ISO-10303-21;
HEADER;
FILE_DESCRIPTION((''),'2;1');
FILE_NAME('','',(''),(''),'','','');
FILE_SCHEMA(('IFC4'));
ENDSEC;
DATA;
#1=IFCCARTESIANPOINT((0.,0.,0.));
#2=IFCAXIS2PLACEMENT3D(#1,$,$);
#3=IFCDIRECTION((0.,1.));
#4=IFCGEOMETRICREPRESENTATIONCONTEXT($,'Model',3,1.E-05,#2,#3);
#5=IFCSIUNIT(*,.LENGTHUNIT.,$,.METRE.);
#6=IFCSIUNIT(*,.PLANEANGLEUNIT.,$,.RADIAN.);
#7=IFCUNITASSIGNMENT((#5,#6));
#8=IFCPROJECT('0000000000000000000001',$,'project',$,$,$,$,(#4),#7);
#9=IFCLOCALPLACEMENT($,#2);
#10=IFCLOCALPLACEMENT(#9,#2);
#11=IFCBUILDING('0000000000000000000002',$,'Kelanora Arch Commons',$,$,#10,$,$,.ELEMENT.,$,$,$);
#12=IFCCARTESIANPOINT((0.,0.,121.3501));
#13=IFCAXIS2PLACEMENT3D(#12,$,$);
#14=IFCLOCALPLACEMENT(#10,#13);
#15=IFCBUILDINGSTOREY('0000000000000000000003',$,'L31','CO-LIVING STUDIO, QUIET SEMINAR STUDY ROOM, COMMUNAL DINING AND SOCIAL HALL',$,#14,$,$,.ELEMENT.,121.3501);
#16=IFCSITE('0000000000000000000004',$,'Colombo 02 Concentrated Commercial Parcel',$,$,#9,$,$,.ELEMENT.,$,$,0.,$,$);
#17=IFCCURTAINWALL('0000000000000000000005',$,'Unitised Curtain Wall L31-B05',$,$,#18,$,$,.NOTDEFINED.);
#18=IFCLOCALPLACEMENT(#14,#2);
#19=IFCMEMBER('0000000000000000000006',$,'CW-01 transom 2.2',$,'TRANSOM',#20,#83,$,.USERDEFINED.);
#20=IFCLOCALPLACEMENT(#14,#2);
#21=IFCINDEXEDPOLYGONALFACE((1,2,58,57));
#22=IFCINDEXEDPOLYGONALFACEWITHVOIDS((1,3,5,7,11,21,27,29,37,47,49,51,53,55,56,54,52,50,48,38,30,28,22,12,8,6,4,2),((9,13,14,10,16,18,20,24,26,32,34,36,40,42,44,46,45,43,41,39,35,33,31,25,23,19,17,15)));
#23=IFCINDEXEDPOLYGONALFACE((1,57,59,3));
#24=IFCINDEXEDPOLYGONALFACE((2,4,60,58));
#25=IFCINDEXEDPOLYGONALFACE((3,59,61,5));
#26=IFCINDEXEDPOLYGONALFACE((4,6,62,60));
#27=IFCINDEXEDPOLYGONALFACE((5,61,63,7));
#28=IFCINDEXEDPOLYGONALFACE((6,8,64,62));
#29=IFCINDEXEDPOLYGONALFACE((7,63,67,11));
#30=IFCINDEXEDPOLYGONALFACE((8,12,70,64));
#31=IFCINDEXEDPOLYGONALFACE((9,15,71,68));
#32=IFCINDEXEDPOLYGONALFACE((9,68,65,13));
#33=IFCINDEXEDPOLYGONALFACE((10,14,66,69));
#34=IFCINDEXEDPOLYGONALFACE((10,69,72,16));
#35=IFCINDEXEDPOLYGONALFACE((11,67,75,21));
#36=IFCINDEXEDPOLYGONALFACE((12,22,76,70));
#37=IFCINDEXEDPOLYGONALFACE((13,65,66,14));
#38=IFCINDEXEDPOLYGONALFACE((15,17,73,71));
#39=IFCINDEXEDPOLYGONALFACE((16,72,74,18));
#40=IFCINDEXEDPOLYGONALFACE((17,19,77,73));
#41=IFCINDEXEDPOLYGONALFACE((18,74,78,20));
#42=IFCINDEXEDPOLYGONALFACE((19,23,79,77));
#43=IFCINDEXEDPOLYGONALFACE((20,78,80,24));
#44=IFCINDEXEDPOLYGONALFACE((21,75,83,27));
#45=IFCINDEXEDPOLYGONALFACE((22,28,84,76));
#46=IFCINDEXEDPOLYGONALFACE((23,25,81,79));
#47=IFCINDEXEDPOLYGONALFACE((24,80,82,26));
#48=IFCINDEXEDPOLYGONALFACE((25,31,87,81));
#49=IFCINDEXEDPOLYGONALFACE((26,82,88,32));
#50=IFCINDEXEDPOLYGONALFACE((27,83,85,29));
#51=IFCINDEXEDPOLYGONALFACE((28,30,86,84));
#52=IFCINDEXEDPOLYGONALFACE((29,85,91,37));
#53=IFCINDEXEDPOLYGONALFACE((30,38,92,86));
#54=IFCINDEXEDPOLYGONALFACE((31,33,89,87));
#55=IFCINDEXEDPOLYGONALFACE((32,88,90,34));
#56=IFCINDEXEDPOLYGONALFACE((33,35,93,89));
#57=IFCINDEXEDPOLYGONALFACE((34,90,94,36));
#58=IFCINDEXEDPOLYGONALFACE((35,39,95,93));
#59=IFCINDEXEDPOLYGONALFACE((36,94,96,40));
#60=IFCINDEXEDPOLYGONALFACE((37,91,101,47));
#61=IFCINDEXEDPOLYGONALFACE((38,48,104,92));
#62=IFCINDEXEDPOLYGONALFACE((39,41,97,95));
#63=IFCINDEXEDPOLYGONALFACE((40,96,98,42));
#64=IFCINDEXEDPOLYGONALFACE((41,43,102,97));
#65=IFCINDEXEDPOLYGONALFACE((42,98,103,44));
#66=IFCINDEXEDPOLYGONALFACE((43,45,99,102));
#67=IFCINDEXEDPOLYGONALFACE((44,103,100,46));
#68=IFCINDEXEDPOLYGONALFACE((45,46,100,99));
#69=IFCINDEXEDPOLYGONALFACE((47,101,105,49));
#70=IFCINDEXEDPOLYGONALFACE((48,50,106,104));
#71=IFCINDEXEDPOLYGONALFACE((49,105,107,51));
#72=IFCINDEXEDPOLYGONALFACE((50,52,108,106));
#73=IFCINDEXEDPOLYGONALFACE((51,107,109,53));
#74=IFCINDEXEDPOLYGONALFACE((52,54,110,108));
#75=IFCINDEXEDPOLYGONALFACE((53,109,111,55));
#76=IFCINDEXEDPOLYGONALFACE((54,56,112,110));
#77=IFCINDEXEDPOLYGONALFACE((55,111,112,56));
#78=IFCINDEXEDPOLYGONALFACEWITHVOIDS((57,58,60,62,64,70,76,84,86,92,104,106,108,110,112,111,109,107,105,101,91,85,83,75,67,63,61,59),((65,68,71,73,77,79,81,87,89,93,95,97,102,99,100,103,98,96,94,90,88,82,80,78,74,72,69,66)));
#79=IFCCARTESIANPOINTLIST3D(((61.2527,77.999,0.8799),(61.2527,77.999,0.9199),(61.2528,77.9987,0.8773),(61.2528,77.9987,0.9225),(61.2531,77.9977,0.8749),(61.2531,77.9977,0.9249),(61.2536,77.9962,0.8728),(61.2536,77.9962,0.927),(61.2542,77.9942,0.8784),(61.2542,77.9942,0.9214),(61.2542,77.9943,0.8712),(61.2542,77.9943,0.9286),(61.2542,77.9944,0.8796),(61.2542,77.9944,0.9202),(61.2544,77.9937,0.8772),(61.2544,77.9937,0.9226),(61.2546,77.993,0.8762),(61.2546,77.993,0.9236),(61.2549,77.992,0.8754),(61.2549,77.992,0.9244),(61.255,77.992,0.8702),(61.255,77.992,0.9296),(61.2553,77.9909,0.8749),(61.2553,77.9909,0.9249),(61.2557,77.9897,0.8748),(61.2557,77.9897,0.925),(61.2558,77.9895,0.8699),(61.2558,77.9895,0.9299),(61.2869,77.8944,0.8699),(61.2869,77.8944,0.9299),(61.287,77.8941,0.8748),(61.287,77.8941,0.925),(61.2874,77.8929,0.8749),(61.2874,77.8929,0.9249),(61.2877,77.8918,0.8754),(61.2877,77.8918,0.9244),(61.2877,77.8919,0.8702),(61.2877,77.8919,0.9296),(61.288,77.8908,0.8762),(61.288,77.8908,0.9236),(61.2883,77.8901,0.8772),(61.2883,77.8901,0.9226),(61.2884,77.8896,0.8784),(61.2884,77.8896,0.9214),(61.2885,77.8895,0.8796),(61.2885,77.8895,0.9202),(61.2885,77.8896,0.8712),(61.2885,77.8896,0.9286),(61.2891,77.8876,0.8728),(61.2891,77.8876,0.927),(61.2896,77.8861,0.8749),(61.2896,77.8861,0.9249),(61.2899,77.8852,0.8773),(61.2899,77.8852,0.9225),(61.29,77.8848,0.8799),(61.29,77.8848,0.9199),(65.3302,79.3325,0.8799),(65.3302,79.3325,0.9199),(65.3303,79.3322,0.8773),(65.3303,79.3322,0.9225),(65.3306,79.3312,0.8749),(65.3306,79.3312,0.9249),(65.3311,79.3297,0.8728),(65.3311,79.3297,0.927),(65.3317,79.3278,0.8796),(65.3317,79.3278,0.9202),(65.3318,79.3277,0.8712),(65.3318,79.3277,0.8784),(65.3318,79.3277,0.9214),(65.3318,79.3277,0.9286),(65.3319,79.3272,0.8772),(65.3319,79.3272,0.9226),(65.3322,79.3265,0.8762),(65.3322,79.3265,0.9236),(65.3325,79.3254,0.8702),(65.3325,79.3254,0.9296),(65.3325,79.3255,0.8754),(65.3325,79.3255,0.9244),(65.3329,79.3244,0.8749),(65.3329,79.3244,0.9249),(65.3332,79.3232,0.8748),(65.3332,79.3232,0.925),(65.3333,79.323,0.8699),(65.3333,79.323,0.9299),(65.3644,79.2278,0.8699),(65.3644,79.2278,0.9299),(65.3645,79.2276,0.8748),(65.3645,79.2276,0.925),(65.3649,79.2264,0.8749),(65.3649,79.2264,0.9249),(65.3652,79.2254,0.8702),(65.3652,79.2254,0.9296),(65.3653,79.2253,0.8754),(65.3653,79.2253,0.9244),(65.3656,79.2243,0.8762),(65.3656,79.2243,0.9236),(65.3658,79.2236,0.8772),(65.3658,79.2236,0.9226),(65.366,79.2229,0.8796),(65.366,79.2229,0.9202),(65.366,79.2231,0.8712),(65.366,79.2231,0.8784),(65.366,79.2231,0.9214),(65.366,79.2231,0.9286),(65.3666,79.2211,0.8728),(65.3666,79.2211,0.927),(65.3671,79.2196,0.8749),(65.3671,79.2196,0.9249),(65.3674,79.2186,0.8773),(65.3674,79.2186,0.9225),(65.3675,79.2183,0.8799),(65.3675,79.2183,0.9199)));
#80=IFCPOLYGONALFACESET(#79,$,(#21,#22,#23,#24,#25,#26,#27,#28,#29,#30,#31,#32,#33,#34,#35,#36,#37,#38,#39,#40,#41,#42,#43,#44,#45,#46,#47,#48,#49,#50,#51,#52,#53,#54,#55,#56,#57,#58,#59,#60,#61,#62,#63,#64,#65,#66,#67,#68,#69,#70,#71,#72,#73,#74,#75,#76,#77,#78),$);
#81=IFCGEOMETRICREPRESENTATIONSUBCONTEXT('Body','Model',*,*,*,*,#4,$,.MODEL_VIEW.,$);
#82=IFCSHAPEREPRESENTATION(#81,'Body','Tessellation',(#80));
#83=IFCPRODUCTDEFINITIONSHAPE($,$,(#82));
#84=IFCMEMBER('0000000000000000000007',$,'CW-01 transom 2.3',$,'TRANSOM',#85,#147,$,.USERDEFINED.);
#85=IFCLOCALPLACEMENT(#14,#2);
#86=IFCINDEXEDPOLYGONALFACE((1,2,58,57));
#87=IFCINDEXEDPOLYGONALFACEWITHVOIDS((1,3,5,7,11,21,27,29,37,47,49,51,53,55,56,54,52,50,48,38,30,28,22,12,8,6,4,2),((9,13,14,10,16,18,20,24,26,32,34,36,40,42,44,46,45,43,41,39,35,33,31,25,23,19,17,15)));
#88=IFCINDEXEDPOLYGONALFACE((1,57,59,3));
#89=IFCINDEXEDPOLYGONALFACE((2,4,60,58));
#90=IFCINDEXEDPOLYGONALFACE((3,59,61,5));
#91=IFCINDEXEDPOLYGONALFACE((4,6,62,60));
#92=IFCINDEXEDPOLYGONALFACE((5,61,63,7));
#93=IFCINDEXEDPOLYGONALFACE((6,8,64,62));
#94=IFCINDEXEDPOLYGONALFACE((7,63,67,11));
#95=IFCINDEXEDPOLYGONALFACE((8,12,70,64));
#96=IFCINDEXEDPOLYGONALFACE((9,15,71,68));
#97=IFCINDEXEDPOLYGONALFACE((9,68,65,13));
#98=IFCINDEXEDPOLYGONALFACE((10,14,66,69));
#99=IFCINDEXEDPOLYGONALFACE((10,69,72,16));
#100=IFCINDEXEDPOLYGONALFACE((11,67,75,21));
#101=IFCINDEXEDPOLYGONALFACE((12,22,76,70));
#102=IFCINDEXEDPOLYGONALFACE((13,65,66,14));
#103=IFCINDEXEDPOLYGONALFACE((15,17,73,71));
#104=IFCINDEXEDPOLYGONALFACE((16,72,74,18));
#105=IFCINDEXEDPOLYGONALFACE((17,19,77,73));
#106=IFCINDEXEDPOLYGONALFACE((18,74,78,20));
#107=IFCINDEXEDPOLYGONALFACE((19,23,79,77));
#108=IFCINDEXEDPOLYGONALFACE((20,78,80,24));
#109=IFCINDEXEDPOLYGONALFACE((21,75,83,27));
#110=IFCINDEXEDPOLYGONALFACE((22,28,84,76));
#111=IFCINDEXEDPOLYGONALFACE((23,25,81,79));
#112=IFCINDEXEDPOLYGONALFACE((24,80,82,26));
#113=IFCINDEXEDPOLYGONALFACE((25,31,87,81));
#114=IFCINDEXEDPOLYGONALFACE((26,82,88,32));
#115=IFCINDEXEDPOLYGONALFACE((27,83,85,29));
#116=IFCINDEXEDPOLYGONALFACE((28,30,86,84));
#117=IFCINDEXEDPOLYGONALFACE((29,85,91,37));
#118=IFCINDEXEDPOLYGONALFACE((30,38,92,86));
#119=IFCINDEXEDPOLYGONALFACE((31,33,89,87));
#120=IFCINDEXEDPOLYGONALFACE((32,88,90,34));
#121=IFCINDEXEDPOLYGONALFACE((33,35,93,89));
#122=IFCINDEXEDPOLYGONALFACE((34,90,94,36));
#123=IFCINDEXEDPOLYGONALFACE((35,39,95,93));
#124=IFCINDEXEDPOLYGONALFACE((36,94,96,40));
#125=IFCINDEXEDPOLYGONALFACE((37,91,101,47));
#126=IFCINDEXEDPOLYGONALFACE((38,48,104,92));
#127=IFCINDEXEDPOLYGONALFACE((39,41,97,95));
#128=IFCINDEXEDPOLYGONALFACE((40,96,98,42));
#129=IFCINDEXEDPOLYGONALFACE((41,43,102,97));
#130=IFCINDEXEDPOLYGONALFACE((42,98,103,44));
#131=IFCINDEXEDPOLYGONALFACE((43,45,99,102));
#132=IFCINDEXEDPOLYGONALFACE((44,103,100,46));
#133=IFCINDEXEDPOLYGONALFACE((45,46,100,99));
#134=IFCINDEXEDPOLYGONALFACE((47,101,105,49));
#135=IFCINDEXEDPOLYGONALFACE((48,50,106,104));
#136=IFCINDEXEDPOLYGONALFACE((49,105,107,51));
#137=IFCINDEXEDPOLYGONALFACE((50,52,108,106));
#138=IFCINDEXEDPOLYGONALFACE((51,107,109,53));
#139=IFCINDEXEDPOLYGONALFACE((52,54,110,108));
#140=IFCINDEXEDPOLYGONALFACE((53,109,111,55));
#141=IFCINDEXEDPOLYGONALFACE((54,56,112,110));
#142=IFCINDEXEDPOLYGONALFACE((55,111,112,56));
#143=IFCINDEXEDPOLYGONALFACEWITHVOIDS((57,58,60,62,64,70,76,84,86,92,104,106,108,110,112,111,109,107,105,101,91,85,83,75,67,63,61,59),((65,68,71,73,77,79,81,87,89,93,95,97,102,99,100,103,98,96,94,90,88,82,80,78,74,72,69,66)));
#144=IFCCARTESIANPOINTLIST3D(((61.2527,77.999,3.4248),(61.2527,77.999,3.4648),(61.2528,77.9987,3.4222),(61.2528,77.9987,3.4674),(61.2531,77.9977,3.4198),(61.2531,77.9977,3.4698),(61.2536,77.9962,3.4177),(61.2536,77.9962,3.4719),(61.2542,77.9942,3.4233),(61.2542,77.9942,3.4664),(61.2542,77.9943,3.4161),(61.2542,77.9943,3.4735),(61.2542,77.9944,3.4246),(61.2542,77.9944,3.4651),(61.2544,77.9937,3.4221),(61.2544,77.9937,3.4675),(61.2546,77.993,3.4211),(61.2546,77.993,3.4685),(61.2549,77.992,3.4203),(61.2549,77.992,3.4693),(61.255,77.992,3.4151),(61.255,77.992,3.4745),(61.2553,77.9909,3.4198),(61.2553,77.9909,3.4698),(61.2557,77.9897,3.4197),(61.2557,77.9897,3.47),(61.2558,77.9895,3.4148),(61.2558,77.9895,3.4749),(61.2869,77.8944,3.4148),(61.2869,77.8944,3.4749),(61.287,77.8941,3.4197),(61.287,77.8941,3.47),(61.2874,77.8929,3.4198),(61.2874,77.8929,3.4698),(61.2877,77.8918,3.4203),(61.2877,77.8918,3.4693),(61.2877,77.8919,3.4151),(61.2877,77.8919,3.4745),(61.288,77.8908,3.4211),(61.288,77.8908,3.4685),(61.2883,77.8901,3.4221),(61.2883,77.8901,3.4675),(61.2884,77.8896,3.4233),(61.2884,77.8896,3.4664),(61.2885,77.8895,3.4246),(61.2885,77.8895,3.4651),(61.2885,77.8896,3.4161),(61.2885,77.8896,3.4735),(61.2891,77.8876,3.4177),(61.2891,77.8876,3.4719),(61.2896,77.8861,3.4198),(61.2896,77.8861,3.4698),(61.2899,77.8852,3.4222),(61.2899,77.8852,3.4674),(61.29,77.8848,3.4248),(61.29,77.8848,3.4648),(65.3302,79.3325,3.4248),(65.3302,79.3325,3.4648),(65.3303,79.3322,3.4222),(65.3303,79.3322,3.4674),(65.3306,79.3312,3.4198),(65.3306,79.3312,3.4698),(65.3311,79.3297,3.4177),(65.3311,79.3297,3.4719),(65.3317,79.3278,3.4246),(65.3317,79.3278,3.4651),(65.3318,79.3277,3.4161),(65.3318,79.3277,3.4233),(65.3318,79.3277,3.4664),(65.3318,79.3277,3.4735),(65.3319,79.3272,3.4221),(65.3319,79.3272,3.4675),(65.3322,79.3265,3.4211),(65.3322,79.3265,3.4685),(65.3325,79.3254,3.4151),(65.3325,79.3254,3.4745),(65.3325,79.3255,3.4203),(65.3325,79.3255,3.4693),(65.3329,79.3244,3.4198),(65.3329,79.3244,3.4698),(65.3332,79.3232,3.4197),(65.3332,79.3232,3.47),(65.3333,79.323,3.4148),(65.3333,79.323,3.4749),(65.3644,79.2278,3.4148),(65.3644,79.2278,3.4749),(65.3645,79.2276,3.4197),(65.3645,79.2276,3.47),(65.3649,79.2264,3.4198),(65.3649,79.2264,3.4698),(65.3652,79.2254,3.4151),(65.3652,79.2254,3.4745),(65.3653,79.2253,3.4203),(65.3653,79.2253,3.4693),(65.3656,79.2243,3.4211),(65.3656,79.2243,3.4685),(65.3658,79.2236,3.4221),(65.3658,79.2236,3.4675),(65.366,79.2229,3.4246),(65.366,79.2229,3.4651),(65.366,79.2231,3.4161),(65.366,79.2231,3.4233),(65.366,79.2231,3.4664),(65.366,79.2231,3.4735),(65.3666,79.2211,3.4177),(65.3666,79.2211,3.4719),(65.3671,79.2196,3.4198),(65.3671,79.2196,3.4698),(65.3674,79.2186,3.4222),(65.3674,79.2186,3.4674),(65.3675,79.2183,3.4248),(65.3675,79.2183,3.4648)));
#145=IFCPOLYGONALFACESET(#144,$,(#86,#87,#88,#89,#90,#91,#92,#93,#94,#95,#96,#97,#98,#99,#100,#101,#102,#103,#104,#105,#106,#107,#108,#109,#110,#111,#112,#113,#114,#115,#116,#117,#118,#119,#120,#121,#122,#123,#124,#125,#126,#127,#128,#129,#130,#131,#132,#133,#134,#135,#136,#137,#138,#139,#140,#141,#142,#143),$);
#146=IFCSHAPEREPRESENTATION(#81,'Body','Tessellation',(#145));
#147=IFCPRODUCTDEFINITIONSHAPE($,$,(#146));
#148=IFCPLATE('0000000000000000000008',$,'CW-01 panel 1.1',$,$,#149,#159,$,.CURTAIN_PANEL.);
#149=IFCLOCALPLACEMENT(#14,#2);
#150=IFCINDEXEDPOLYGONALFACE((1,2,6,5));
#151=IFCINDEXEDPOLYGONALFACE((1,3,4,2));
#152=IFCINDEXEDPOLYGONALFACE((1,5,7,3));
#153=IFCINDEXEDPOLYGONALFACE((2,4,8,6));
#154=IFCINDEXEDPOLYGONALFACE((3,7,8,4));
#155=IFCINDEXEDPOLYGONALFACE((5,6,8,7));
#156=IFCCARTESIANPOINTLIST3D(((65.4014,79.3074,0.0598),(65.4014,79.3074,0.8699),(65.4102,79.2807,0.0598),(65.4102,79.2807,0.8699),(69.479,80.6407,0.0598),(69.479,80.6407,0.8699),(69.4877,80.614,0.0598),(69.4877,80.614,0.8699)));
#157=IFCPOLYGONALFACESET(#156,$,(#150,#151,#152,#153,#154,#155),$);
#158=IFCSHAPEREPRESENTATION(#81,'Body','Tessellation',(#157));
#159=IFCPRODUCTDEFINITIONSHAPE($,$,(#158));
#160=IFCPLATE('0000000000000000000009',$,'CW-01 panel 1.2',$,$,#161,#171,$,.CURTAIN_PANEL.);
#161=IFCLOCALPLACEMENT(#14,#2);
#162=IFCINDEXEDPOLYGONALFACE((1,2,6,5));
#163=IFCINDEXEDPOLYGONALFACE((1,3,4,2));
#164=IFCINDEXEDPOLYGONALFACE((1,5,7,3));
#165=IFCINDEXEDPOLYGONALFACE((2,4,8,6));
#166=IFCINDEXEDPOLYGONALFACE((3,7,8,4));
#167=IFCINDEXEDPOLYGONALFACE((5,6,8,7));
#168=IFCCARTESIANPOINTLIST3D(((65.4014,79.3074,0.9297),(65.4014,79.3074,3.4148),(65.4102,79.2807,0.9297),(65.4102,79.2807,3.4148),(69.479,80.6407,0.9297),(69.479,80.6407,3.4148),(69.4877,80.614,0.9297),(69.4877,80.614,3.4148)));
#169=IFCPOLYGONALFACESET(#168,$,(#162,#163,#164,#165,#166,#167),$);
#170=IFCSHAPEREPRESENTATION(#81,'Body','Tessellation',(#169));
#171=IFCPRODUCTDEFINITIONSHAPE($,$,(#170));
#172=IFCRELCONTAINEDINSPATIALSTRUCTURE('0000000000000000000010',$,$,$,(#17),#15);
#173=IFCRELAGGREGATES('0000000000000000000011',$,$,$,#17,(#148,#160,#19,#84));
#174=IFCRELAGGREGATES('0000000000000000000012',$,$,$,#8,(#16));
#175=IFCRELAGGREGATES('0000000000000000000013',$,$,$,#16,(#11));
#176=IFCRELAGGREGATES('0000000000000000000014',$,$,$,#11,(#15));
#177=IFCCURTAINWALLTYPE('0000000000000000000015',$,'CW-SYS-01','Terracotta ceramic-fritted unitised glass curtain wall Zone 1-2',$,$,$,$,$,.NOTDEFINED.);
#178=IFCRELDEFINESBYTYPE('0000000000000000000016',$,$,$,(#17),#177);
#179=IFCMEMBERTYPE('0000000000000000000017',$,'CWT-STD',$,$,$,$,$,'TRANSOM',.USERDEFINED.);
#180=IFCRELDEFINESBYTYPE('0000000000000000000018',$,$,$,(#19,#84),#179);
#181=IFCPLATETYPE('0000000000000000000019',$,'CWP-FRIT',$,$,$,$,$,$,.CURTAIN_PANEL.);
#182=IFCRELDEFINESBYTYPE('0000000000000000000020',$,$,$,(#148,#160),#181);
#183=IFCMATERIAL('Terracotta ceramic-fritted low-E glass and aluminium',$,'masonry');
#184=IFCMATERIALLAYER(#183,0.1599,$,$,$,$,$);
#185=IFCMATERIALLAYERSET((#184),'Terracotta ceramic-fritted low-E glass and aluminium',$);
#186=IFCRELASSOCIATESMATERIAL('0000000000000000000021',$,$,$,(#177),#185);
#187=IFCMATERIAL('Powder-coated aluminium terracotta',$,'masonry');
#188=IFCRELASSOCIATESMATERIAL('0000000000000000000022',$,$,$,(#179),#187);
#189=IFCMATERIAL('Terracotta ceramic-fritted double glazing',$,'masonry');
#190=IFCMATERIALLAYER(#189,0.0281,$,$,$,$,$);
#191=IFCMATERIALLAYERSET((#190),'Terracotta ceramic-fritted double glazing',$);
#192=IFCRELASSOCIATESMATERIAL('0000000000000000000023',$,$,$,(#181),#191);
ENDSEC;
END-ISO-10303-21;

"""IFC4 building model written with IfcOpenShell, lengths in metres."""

from ifc_helpers import new_model, si_unit, direction, frame, origin, origin_2d, place, context, subcontext, project, spatial, rectangle, hollow_rectangle, extrude, source, transform, mapped, material, layer, layer_set, material_profile, profile_set, type_object, element, aggregate, save


model = new_model("IFC4")

# Units and contexts
model_context = context("Model", 3, precision=1e-05, world=origin(), true_north=direction((0.0, 1.0)))
body_context = subcontext(model_context, "Body", "Model", "MODEL_VIEW")
ifc_project = project(units=[si_unit("LENGTHUNIT", "METRE"), si_unit("PLANEANGLEUNIT", "RADIAN")], contexts=[model_context])

# Site, building, storey
site_placement = place(None, origin())
site = spatial("IfcSite", under=ifc_project, at=site_placement, Name="Colombo 02 Concentrated Commercial Parcel", CompositionType="ELEMENT", RefElevation=0.0)
building_placement = place(site_placement, origin())
building = spatial("IfcBuilding", under=site, at=building_placement, Name="Kelanora Arch Commons", CompositionType="ELEMENT")
storey_placement = place(building_placement, frame((0.0, 0.0, 121.3501)))
storey = spatial("IfcBuildingStorey", under=building, at=storey_placement, Name="L31", Description="CO-LIVING STUDIO, QUIET SEMINAR STUDY ROOM, COMMUNAL DINING AND SOCIAL HALL", CompositionType="ELEMENT", Elevation=121.3501)

# Curtain wall, members, plates
ifc_material_1 = material(Name="Terracotta ceramic-fritted low-E glass and aluminium", Category="masonry")
ifc_layer_1 = layer(ifc_material_1, 0.1599)
ifc_layer_set_1 = layer_set([ifc_layer_1], Name="Terracotta ceramic-fritted low-E glass and aluminium")
curtain_wall_type = type_object("IfcCurtainWallType", Name="CW-SYS-01", Description="Terracotta ceramic-fritted unitised glass curtain wall Zone 1-2", PredefinedType="NOTDEFINED", material=ifc_layer_set_1)
curtain_wall_placement = place(storey_placement, origin())
curtain_wall = element("IfcCurtainWall", 1, at=curtain_wall_placement, inside=storey, type_object=curtain_wall_type, Name="Unitised Curtain Wall L31-B05", PredefinedType="NOTDEFINED")
ifc_material_2 = material(Name="Powder-coated aluminium terracotta", Category="masonry")
ifc_material_profile_1 = material_profile(ifc_material_2, hollow_rectangle(XDim=0.1201, YDim=0.0601, WallThickness=0.0049, InnerFilletRadius=0.0049, OuterFilletRadius=0.01, at=origin_2d()), Name="CWT120x60")
ifc_profile_set_1 = profile_set([ifc_material_profile_1], Name="Powder-coated aluminium terracotta")
member_type_1 = type_object("IfcMemberType", Name="CWT-STD", ElementType="TRANSOM", PredefinedType="USERDEFINED", material=ifc_profile_set_1)
member_1_placement = place(storey_placement, frame((65.3489, 79.2754, 0.8999), z_axis=(-0.950466, -0.310828, 0.0), x_axis=(0.310828, -0.950466, 0.0)))
member_1 = element("IfcMember", 2, at=member_1_placement, type_object=member_type_1, Name="CW-01 transom 2.2", ObjectType="TRANSOM", PredefinedType="USERDEFINED", context=body_context, shape_type="SweptSolid", body=[
    extrude(hollow_rectangle(XDim=0.1201, YDim=0.0601, WallThickness=0.0049, InnerFilletRadius=0.0049, OuterFilletRadius=0.01, at=origin_2d()), origin(), (0.0, 0.0, 1.0), 4.29),
])
member_2_placement = place(storey_placement, frame((65.3489, 79.2754, 3.4448), z_axis=(-0.950466, -0.310828, 0.0), x_axis=(0.310828, -0.950466, 0.0)))
member_2 = element("IfcMember", 3, at=member_2_placement, type_object=member_type_1, Name="CW-01 transom 2.3", ObjectType="TRANSOM", PredefinedType="USERDEFINED", context=body_context, shape_type="SweptSolid", body=[
    extrude(hollow_rectangle(XDim=0.1201, YDim=0.0601, WallThickness=0.0049, InnerFilletRadius=0.0049, OuterFilletRadius=0.01, at=origin_2d()), origin(), (0.0, 0.0, 1.0), 4.29),
])
ifc_material_3 = material(Name="Terracotta ceramic-fritted double glazing", Category="masonry")
ifc_layer_2 = layer(ifc_material_3, 0.0281)
ifc_layer_set_2 = layer_set([ifc_layer_2], Name="Terracotta ceramic-fritted double glazing")
plate_type = type_object("IfcPlateType", Name="CWP-FRIT", PredefinedType="CURTAIN_PANEL", material=ifc_layer_set_2)
shared_shape_1 = source(origin(), body_context, "Body", "SweptSolid", [
    extrude(rectangle(XDim=4.29, YDim=0.0281, at=origin_2d()), origin(), (0.0, 0.0, 1.0), 0.8101),
])
plate_1_placement = place(storey_placement, frame((67.4446, 79.9607, 0.0598), z_axis=(0.0, 0.0, 1.0), x_axis=(-0.950474, -0.310805, 0.0)))
plate_1 = element("IfcPlate", 4, at=plate_1_placement, type_object=plate_type, Name="CW-01 panel 1.1", PredefinedType="CURTAIN_PANEL", context=body_context, shape_type="MappedRepresentation", body=[
    mapped(shared_shape_1, transform((0.0, 0.0, 0.0), scale=1.0)),
])
shared_shape_2 = source(origin(), body_context, "Body", "SweptSolid", [
    extrude(rectangle(XDim=4.29, YDim=0.0281, at=origin_2d()), origin(), (0.0, 0.0, 1.0), 2.4851),
])
plate_2_placement = place(storey_placement, frame((67.4446, 79.9607, 0.9297), z_axis=(0.0, 0.0, 1.0), x_axis=(-0.950474, -0.310805, 0.0)))
plate_2 = element("IfcPlate", 5, at=plate_2_placement, type_object=plate_type, Name="CW-01 panel 1.2", PredefinedType="CURTAIN_PANEL", context=body_context, shape_type="MappedRepresentation", body=[
    mapped(shared_shape_2, transform((0.0, 0.0, 0.0), scale=1.0)),
])
aggregate(curtain_wall, [plate_1, plate_2, member_1, member_2])

save(model, "model.ifc")
